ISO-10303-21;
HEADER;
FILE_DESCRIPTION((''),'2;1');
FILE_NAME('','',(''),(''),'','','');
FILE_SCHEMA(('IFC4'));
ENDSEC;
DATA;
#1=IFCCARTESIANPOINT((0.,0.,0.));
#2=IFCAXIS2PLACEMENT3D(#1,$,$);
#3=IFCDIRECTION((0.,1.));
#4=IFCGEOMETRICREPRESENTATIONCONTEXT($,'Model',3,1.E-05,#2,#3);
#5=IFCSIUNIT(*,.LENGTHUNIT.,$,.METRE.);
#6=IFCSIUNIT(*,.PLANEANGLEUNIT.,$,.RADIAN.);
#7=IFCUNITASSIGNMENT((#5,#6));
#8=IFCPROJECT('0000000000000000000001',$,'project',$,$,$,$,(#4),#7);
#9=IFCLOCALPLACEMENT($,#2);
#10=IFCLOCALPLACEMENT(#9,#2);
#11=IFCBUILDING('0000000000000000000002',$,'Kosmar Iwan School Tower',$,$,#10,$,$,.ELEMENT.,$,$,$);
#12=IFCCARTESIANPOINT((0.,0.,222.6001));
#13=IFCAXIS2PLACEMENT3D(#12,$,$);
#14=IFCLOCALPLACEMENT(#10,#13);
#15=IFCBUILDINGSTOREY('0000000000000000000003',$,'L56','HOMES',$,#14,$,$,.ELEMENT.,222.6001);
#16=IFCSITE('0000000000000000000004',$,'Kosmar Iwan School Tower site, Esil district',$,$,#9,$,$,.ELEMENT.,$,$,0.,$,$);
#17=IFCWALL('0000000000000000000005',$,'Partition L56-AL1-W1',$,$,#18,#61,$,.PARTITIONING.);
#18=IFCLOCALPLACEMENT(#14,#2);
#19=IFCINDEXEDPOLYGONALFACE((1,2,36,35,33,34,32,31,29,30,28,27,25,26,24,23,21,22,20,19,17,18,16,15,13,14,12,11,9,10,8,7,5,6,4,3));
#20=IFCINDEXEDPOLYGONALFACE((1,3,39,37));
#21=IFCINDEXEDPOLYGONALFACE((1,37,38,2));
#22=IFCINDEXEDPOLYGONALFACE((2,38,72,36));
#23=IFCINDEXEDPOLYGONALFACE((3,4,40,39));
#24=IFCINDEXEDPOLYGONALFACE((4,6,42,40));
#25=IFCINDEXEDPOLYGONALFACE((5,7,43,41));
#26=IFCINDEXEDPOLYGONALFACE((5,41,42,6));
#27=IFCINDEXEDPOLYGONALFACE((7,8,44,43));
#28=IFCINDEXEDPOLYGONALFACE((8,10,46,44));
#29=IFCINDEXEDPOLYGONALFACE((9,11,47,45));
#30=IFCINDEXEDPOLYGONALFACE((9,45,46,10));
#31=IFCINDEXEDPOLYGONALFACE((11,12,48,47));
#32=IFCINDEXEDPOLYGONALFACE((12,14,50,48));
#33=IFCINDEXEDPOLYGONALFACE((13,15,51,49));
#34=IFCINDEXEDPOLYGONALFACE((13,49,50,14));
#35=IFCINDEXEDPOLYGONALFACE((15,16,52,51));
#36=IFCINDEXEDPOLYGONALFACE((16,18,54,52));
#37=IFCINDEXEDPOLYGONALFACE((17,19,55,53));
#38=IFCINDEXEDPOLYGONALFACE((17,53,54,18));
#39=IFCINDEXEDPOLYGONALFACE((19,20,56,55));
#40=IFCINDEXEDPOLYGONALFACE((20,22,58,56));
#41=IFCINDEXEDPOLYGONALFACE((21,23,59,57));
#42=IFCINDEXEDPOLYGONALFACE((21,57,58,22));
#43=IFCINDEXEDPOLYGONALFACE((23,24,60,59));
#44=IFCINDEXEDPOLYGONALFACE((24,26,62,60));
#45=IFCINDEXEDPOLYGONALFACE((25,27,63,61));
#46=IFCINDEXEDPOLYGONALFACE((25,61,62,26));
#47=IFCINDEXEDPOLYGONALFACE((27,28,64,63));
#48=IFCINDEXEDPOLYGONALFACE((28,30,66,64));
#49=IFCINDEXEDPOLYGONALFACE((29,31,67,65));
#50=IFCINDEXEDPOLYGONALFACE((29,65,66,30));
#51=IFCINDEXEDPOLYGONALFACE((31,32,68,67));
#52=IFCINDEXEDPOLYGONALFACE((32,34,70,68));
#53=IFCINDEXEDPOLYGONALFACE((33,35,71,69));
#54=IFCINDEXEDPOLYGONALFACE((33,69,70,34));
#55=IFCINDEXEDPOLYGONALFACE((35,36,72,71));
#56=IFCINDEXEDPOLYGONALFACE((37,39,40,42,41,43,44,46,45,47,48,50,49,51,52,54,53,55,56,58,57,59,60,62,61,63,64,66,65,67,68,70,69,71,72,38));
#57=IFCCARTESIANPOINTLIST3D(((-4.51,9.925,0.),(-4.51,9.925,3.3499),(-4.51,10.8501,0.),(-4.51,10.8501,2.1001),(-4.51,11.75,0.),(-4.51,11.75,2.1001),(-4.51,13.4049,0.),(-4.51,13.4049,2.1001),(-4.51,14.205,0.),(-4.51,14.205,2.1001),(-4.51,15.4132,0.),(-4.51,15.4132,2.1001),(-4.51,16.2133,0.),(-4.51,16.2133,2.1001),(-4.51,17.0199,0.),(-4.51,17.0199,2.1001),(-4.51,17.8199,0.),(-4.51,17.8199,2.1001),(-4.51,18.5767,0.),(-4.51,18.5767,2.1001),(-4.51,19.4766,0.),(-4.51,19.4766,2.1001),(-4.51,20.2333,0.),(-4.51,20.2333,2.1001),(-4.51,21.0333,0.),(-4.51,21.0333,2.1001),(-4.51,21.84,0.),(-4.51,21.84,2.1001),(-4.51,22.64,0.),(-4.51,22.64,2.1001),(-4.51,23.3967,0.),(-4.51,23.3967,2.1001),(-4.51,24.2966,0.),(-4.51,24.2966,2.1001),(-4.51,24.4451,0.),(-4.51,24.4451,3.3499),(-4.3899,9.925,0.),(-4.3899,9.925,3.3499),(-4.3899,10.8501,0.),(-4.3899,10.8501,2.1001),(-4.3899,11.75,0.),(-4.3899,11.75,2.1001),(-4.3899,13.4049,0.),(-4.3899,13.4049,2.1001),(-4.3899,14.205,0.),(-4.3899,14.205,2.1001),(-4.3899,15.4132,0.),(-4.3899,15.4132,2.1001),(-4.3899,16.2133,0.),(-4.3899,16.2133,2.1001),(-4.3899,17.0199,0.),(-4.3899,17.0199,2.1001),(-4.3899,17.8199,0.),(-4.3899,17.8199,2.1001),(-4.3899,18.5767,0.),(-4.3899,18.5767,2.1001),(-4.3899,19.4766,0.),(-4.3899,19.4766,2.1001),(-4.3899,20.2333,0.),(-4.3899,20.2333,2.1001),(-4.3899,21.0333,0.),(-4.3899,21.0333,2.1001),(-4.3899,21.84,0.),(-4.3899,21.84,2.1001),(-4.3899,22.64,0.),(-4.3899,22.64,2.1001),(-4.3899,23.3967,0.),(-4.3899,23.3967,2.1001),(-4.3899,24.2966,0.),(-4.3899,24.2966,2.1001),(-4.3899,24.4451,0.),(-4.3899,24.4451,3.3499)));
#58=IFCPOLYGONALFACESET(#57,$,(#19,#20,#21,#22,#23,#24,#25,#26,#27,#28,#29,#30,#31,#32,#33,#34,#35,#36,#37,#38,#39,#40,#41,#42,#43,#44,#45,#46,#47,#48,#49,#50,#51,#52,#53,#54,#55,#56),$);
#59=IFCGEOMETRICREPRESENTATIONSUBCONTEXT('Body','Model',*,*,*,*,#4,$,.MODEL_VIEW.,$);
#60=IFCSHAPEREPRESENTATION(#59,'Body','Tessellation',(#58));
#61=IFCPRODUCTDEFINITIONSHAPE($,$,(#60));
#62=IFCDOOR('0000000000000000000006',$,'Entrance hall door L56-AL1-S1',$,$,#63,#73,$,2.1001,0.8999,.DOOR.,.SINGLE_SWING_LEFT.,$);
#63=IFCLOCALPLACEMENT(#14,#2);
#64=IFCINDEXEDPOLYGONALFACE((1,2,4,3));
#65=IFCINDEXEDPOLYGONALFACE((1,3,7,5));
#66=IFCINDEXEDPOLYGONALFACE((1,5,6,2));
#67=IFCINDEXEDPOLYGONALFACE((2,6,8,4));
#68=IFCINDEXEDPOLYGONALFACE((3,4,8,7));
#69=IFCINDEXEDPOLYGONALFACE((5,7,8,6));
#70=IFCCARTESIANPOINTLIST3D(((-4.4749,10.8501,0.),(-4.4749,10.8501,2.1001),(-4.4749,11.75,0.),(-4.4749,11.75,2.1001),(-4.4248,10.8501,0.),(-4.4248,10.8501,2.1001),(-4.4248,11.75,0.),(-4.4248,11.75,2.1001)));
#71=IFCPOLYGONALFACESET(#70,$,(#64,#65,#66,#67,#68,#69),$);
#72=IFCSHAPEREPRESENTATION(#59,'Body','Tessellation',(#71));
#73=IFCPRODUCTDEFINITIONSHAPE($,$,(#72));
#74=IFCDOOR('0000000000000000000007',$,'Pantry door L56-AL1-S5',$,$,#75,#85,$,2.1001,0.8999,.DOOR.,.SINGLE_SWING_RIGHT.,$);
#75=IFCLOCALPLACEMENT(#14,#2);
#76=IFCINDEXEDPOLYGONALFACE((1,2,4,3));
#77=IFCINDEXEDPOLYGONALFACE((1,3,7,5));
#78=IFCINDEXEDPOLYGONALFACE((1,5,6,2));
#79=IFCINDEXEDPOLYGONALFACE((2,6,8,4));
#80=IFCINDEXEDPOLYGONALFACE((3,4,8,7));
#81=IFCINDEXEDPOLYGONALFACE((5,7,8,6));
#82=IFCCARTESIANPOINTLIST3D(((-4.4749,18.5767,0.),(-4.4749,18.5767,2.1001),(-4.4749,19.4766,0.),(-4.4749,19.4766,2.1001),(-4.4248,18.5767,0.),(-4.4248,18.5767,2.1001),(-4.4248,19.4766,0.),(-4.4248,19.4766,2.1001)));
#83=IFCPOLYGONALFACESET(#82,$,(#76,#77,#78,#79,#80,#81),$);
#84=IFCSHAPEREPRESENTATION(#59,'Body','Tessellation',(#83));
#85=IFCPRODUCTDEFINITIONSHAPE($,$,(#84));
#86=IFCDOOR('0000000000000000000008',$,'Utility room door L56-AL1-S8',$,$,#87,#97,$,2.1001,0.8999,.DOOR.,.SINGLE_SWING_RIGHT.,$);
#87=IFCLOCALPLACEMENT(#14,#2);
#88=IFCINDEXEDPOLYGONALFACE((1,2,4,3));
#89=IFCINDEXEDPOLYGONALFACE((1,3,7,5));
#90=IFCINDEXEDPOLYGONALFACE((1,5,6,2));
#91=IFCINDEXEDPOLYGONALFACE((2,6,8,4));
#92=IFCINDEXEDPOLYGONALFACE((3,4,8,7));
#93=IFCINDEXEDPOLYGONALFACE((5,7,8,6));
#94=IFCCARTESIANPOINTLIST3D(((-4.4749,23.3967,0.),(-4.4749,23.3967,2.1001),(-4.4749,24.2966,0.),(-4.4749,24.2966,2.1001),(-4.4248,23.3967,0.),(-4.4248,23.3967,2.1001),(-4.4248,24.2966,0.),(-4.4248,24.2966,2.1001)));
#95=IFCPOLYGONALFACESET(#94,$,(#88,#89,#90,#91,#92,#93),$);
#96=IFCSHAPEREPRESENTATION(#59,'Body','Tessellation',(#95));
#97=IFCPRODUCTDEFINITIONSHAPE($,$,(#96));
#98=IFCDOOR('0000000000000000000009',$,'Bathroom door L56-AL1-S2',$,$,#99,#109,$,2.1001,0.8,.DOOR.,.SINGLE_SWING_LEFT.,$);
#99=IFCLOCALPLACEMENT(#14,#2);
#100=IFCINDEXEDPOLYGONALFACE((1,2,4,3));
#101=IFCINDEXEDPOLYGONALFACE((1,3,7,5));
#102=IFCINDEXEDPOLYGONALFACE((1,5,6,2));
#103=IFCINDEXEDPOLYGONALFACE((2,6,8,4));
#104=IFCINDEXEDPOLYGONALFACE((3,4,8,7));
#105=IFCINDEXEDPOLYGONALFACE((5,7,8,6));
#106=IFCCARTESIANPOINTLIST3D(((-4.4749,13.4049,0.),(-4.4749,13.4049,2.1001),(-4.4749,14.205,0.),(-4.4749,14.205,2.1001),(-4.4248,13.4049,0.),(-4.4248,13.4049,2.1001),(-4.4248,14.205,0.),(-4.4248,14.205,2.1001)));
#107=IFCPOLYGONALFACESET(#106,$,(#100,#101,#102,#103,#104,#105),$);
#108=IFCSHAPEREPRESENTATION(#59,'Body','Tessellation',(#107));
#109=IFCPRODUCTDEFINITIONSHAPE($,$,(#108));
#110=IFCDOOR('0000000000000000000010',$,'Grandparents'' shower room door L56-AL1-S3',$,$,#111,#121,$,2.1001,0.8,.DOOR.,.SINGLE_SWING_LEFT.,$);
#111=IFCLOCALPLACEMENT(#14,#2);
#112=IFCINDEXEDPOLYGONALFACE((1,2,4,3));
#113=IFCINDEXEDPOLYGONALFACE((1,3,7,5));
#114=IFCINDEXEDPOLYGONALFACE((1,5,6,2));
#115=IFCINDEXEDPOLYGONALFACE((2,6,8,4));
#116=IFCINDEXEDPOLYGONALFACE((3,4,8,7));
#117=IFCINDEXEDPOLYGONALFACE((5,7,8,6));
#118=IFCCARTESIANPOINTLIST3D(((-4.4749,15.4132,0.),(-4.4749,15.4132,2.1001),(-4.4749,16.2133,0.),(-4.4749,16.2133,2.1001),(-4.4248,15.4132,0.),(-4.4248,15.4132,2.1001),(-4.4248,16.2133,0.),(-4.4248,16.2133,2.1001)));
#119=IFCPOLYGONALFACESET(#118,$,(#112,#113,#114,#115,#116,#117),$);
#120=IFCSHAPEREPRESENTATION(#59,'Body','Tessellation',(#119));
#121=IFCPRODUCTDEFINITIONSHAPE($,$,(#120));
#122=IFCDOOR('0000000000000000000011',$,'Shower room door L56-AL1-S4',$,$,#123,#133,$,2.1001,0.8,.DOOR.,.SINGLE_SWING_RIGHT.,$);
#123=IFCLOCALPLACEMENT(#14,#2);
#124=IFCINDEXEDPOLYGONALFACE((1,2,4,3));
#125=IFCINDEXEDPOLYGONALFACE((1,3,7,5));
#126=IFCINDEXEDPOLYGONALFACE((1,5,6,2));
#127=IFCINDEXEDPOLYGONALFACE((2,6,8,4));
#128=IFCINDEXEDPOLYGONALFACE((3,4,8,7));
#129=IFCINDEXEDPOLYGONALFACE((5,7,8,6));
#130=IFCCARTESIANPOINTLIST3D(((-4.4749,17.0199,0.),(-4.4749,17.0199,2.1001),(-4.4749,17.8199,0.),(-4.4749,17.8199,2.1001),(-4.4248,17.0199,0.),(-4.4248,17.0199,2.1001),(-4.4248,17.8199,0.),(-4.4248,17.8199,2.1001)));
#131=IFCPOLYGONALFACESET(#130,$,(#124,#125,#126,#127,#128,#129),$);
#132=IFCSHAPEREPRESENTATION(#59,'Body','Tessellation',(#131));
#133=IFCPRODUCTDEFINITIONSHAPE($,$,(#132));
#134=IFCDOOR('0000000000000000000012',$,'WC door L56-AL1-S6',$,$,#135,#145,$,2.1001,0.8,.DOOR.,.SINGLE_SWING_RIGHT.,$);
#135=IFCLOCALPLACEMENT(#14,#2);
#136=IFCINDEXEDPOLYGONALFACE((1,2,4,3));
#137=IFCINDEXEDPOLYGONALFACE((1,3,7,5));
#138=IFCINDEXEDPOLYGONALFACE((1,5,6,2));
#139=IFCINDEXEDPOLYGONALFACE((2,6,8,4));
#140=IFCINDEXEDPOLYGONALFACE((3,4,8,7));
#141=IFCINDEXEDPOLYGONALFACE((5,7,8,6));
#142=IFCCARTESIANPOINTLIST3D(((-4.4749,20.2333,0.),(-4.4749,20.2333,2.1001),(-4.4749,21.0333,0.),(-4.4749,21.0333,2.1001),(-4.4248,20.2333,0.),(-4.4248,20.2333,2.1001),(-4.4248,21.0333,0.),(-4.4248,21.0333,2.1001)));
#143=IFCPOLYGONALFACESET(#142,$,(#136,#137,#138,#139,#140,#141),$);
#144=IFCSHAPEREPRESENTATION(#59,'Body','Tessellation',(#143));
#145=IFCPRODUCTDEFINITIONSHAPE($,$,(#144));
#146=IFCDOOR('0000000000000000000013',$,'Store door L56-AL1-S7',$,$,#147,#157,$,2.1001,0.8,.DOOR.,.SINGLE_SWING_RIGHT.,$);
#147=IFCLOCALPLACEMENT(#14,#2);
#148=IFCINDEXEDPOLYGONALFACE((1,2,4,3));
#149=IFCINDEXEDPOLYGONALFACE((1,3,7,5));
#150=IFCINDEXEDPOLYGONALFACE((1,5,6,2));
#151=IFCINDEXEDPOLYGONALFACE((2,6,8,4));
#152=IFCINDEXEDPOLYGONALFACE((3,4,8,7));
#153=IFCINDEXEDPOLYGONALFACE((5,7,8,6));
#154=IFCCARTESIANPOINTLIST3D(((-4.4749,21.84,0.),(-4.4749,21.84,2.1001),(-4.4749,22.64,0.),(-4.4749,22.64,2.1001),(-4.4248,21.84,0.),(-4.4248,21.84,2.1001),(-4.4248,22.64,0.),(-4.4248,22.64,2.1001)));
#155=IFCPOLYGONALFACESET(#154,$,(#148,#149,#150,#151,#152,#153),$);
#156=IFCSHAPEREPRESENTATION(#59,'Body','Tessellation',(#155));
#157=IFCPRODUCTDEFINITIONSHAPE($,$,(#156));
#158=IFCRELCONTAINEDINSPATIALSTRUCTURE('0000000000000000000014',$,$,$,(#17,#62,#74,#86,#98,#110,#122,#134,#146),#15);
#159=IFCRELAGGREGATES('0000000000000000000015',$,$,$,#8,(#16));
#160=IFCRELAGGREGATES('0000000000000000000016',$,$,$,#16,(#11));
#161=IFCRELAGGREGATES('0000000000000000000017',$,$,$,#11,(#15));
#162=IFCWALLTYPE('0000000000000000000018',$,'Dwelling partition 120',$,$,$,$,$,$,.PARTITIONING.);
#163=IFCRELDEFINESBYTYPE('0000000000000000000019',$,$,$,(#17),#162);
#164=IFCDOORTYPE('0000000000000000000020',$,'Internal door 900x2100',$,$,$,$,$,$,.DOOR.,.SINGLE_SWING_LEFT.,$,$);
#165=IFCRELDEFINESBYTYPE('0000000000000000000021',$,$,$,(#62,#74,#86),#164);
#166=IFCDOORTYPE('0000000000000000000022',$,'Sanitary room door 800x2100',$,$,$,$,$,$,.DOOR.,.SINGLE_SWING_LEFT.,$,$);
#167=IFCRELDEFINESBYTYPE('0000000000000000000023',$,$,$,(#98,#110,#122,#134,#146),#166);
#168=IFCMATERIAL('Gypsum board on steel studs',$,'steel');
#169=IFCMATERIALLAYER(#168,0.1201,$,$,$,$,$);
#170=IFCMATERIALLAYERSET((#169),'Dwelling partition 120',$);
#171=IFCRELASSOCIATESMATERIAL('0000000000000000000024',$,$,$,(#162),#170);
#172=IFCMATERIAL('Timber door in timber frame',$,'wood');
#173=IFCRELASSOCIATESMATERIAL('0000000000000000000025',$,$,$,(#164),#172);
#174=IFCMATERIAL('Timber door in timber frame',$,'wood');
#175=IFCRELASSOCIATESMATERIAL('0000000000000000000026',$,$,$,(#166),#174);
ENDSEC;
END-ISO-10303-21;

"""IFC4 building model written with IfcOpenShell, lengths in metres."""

from ifc_helpers import new_model, si_unit, direction, frame, frame_2d, origin, place, context, subcontext, project, spatial, rectangle, extrude, material, layer, layer_set, type_object, element, fill, save


model = new_model("IFC4")

# Units and contexts
model_context = context("Model", 3, precision=1e-05, world=origin(), true_north=direction((0.0, 1.0)))
body_context = subcontext(model_context, "Body", "Model", "MODEL_VIEW")
ifc_project = project(units=[si_unit("LENGTHUNIT", "METRE"), si_unit("PLANEANGLEUNIT", "RADIAN")], contexts=[model_context])

# Site, building, storey
site_placement = place(None, origin())
site = spatial("IfcSite", under=ifc_project, at=site_placement, Name="Kosmar Iwan School Tower site, Esil district", CompositionType="ELEMENT", RefElevation=0.0)
building_placement = place(site_placement, origin())
building = spatial("IfcBuilding", under=site, at=building_placement, Name="Kosmar Iwan School Tower", CompositionType="ELEMENT")
storey_placement = place(building_placement, frame((0.0, 0.0, 222.6001)))
storey = spatial("IfcBuildingStorey", under=building, at=storey_placement, Name="L56", Description="HOMES", CompositionType="ELEMENT", Elevation=222.6001)

# Wall, openings, doors
ifc_material_1 = material(Name="Gypsum board on steel studs", Category="steel")
ifc_layer_1 = layer(ifc_material_1, 0.1201)
ifc_layer_set_1 = layer_set([ifc_layer_1], Name="Dwelling partition 120")
wall_type_1 = type_object("IfcWallType", Name="Dwelling partition 120", PredefinedType="PARTITIONING", material=ifc_layer_set_1)
wall_1_placement = place(storey_placement, frame((-4.45, 9.925, 0.0), z_axis=(0.0, 0.0, 1.0), x_axis=(0.0, 1.0, 0.0)))
wall_1 = element("IfcWall", 1, at=wall_1_placement, inside=storey, type_object=wall_type_1, Name="Partition L56-AL1-W1", PredefinedType="PARTITIONING", context=body_context, shape_type="SweptSolid", body=[
    extrude(rectangle(XDim=14.52, YDim=0.1201, at=frame_2d((7.26, 0.0))), origin(), (0.0, 0.0, 1.0), 3.3499),
])
opening_1_placement = place(wall_1_placement, frame((0.925, 0.0, 0.0)))
opening_1 = element("IfcOpeningElement", 2, at=opening_1_placement, cuts=wall_1, PredefinedType="OPENING", context=body_context, shape_type="SweptSolid", body=[
    extrude(rectangle(XDim=0.8999, YDim=2.1001, at=frame_2d((0.45, 1.05))), frame((0.0, 0.072, 0.0), z_axis=(0.0, -1.0, 0.0), x_axis=(1.0, 0.0, 0.0)), (0.0, 0.0, 1.0), 0.144),
])
opening_2_placement = place(wall_1_placement, frame((3.48, 0.0, 0.0)))
opening_2 = element("IfcOpeningElement", 3, at=opening_2_placement, cuts=wall_1, PredefinedType="OPENING", context=body_context, shape_type="SweptSolid", body=[
    extrude(rectangle(XDim=0.8, YDim=2.1001, at=frame_2d((0.3999, 1.05))), frame((0.0, 0.072, 0.0), z_axis=(0.0, -1.0, 0.0), x_axis=(1.0, 0.0, 0.0)), (0.0, 0.0, 1.0), 0.144),
])
opening_3_placement = place(wall_1_placement, frame((5.4883, 0.0, 0.0)))
opening_3 = element("IfcOpeningElement", 4, at=opening_3_placement, cuts=wall_1, PredefinedType="OPENING", context=body_context, shape_type="SweptSolid", body=[
    extrude(rectangle(XDim=0.8, YDim=2.1001, at=frame_2d((0.3999, 1.05))), frame((0.0, 0.072, 0.0), z_axis=(0.0, -1.0, 0.0), x_axis=(1.0, 0.0, 0.0)), (0.0, 0.0, 1.0), 0.144),
])
opening_4_placement = place(wall_1_placement, frame((7.095, 0.0, 0.0)))
opening_4 = element("IfcOpeningElement", 5, at=opening_4_placement, cuts=wall_1, PredefinedType="OPENING", context=body_context, shape_type="SweptSolid", body=[
    extrude(rectangle(XDim=0.8, YDim=2.1001, at=frame_2d((0.3999, 1.05))), frame((0.0, 0.072, 0.0), z_axis=(0.0, -1.0, 0.0), x_axis=(1.0, 0.0, 0.0)), (0.0, 0.0, 1.0), 0.144),
])
opening_5_placement = place(wall_1_placement, frame((8.6516, 0.0, 0.0)))
opening_5 = element("IfcOpeningElement", 6, at=opening_5_placement, cuts=wall_1, PredefinedType="OPENING", context=body_context, shape_type="SweptSolid", body=[
    extrude(rectangle(XDim=0.8999, YDim=2.1001, at=frame_2d((0.45, 1.05))), frame((0.0, 0.072, 0.0), z_axis=(0.0, -1.0, 0.0), x_axis=(1.0, 0.0, 0.0)), (0.0, 0.0, 1.0), 0.144),
])
opening_6_placement = place(wall_1_placement, frame((10.3083, 0.0, 0.0)))
opening_6 = element("IfcOpeningElement", 7, at=opening_6_placement, cuts=wall_1, PredefinedType="OPENING", context=body_context, shape_type="SweptSolid", body=[
    extrude(rectangle(XDim=0.8, YDim=2.1001, at=frame_2d((0.3999, 1.05))), frame((0.0, 0.072, 0.0), z_axis=(0.0, -1.0, 0.0), x_axis=(1.0, 0.0, 0.0)), (0.0, 0.0, 1.0), 0.144),
])
opening_7_placement = place(wall_1_placement, frame((11.915, 0.0, 0.0)))
opening_7 = element("IfcOpeningElement", 8, at=opening_7_placement, cuts=wall_1, PredefinedType="OPENING", context=body_context, shape_type="SweptSolid", body=[
    extrude(rectangle(XDim=0.8, YDim=2.1001, at=frame_2d((0.3999, 1.05))), frame((0.0, 0.072, 0.0), z_axis=(0.0, -1.0, 0.0), x_axis=(1.0, 0.0, 0.0)), (0.0, 0.0, 1.0), 0.144),
])
opening_8_placement = place(wall_1_placement, frame((13.4717, 0.0, 0.0)))
opening_8 = element("IfcOpeningElement", 9, at=opening_8_placement, cuts=wall_1, PredefinedType="OPENING", context=body_context, shape_type="SweptSolid", body=[
    extrude(rectangle(XDim=0.8999, YDim=2.1001, at=frame_2d((0.45, 1.05))), frame((0.0, 0.072, 0.0), z_axis=(0.0, -1.0, 0.0), x_axis=(1.0, 0.0, 0.0)), (0.0, 0.0, 1.0), 0.144),
])
ifc_material_2 = material(Name="Timber door in timber frame", Category="wood")
door_type_1 = type_object("IfcDoorType", Name="Internal door 900x2100", OperationType="SINGLE_SWING_LEFT", PredefinedType="DOOR", material=ifc_material_2)
door_1_placement = place(opening_1_placement, origin())
door_1 = element("IfcDoor", 10, at=door_1_placement, inside=storey, type_object=door_type_1, Name="Entrance hall door L56-AL1-S1", OperationType="SINGLE_SWING_LEFT", OverallHeight=2.1001, OverallWidth=0.8999, PredefinedType="DOOR", context=body_context, shape_type="SweptSolid", body=[
    extrude(rectangle(XDim=0.8999, YDim=2.1001, at=frame_2d((0.45, 1.05))), frame((0.0, 0.0249, 0.0), z_axis=(0.0, -1.0, 0.0), x_axis=(1.0, 0.0, 0.0)), (0.0, 0.0, 1.0), 0.05),
])
fill(opening_1, door_1)
door_2_placement = place(opening_5_placement, origin())
door_2 = element("IfcDoor", 11, at=door_2_placement, inside=storey, type_object=door_type_1, Name="Pantry door L56-AL1-S5", OperationType="SINGLE_SWING_RIGHT", OverallHeight=2.1001, OverallWidth=0.8999, PredefinedType="DOOR", context=body_context, shape_type="SweptSolid", body=[
    extrude(rectangle(XDim=0.8999, YDim=2.1001, at=frame_2d((0.45, 1.05))), frame((0.0, 0.0249, 0.0), z_axis=(0.0, -1.0, 0.0), x_axis=(1.0, 0.0, 0.0)), (0.0, 0.0, 1.0), 0.05),
])
fill(opening_5, door_2)
door_3_placement = place(opening_8_placement, origin())
door_3 = element("IfcDoor", 12, at=door_3_placement, inside=storey, type_object=door_type_1, Name="Utility room door L56-AL1-S8", OperationType="SINGLE_SWING_RIGHT", OverallHeight=2.1001, OverallWidth=0.8999, PredefinedType="DOOR", context=body_context, shape_type="SweptSolid", body=[
    extrude(rectangle(XDim=0.8999, YDim=2.1001, at=frame_2d((0.45, 1.05))), frame((0.0, 0.0249, 0.0), z_axis=(0.0, -1.0, 0.0), x_axis=(1.0, 0.0, 0.0)), (0.0, 0.0, 1.0), 0.05),
])
fill(opening_8, door_3)
ifc_material_3 = material(Name="Timber door in timber frame", Category="wood")
door_type_2 = type_object("IfcDoorType", Name="Sanitary room door 800x2100", OperationType="SINGLE_SWING_LEFT", PredefinedType="DOOR", material=ifc_material_3)
door_4_placement = place(opening_2_placement, origin())
door_4 = element("IfcDoor", 13, at=door_4_placement, inside=storey, type_object=door_type_2, Name="Bathroom door L56-AL1-S2", OperationType="SINGLE_SWING_LEFT", OverallHeight=2.1001, OverallWidth=0.8, PredefinedType="DOOR", context=body_context, shape_type="SweptSolid", body=[
    extrude(rectangle(XDim=0.8, YDim=2.1001, at=frame_2d((0.3999, 1.05))), frame((0.0, 0.0249, 0.0), z_axis=(0.0, -1.0, 0.0), x_axis=(1.0, 0.0, 0.0)), (0.0, 0.0, 1.0), 0.05),
])
fill(opening_2, door_4)
door_5_placement = place(opening_3_placement, origin())
door_5 = element("IfcDoor", 14, at=door_5_placement, inside=storey, type_object=door_type_2, Name="Grandparents' shower room door L56-AL1-S3", OperationType="SINGLE_SWING_LEFT", OverallHeight=2.1001, OverallWidth=0.8, PredefinedType="DOOR", context=body_context, shape_type="SweptSolid", body=[
    extrude(rectangle(XDim=0.8, YDim=2.1001, at=frame_2d((0.3999, 1.05))), frame((0.0, 0.0249, 0.0), z_axis=(0.0, -1.0, 0.0), x_axis=(1.0, 0.0, 0.0)), (0.0, 0.0, 1.0), 0.05),
])
fill(opening_3, door_5)
door_6_placement = place(opening_4_placement, origin())
door_6 = element("IfcDoor", 15, at=door_6_placement, inside=storey, type_object=door_type_2, Name="Shower room door L56-AL1-S4", OperationType="SINGLE_SWING_RIGHT", OverallHeight=2.1001, OverallWidth=0.8, PredefinedType="DOOR", context=body_context, shape_type="SweptSolid", body=[
    extrude(rectangle(XDim=0.8, YDim=2.1001, at=frame_2d((0.3999, 1.05))), frame((0.0, 0.0249, 0.0), z_axis=(0.0, -1.0, 0.0), x_axis=(1.0, 0.0, 0.0)), (0.0, 0.0, 1.0), 0.05),
])
fill(opening_4, door_6)
door_7_placement = place(opening_6_placement, origin())
door_7 = element("IfcDoor", 16, at=door_7_placement, inside=storey, type_object=door_type_2, Name="WC door L56-AL1-S6", OperationType="SINGLE_SWING_RIGHT", OverallHeight=2.1001, OverallWidth=0.8, PredefinedType="DOOR", context=body_context, shape_type="SweptSolid", body=[
    extrude(rectangle(XDim=0.8, YDim=2.1001, at=frame_2d((0.3999, 1.05))), frame((0.0, 0.0249, 0.0), z_axis=(0.0, -1.0, 0.0), x_axis=(1.0, 0.0, 0.0)), (0.0, 0.0, 1.0), 0.05),
])
fill(opening_6, door_7)
door_8_placement = place(opening_7_placement, origin())
door_8 = element("IfcDoor", 17, at=door_8_placement, inside=storey, type_object=door_type_2, Name="Store door L56-AL1-S7", OperationType="SINGLE_SWING_RIGHT", OverallHeight=2.1001, OverallWidth=0.8, PredefinedType="DOOR", context=body_context, shape_type="SweptSolid", body=[
    extrude(rectangle(XDim=0.8, YDim=2.1001, at=frame_2d((0.3999, 1.05))), frame((0.0, 0.0249, 0.0), z_axis=(0.0, -1.0, 0.0), x_axis=(1.0, 0.0, 0.0)), (0.0, 0.0, 1.0), 0.05),
])
fill(opening_7, door_8)

save(model, "model.ifc")
